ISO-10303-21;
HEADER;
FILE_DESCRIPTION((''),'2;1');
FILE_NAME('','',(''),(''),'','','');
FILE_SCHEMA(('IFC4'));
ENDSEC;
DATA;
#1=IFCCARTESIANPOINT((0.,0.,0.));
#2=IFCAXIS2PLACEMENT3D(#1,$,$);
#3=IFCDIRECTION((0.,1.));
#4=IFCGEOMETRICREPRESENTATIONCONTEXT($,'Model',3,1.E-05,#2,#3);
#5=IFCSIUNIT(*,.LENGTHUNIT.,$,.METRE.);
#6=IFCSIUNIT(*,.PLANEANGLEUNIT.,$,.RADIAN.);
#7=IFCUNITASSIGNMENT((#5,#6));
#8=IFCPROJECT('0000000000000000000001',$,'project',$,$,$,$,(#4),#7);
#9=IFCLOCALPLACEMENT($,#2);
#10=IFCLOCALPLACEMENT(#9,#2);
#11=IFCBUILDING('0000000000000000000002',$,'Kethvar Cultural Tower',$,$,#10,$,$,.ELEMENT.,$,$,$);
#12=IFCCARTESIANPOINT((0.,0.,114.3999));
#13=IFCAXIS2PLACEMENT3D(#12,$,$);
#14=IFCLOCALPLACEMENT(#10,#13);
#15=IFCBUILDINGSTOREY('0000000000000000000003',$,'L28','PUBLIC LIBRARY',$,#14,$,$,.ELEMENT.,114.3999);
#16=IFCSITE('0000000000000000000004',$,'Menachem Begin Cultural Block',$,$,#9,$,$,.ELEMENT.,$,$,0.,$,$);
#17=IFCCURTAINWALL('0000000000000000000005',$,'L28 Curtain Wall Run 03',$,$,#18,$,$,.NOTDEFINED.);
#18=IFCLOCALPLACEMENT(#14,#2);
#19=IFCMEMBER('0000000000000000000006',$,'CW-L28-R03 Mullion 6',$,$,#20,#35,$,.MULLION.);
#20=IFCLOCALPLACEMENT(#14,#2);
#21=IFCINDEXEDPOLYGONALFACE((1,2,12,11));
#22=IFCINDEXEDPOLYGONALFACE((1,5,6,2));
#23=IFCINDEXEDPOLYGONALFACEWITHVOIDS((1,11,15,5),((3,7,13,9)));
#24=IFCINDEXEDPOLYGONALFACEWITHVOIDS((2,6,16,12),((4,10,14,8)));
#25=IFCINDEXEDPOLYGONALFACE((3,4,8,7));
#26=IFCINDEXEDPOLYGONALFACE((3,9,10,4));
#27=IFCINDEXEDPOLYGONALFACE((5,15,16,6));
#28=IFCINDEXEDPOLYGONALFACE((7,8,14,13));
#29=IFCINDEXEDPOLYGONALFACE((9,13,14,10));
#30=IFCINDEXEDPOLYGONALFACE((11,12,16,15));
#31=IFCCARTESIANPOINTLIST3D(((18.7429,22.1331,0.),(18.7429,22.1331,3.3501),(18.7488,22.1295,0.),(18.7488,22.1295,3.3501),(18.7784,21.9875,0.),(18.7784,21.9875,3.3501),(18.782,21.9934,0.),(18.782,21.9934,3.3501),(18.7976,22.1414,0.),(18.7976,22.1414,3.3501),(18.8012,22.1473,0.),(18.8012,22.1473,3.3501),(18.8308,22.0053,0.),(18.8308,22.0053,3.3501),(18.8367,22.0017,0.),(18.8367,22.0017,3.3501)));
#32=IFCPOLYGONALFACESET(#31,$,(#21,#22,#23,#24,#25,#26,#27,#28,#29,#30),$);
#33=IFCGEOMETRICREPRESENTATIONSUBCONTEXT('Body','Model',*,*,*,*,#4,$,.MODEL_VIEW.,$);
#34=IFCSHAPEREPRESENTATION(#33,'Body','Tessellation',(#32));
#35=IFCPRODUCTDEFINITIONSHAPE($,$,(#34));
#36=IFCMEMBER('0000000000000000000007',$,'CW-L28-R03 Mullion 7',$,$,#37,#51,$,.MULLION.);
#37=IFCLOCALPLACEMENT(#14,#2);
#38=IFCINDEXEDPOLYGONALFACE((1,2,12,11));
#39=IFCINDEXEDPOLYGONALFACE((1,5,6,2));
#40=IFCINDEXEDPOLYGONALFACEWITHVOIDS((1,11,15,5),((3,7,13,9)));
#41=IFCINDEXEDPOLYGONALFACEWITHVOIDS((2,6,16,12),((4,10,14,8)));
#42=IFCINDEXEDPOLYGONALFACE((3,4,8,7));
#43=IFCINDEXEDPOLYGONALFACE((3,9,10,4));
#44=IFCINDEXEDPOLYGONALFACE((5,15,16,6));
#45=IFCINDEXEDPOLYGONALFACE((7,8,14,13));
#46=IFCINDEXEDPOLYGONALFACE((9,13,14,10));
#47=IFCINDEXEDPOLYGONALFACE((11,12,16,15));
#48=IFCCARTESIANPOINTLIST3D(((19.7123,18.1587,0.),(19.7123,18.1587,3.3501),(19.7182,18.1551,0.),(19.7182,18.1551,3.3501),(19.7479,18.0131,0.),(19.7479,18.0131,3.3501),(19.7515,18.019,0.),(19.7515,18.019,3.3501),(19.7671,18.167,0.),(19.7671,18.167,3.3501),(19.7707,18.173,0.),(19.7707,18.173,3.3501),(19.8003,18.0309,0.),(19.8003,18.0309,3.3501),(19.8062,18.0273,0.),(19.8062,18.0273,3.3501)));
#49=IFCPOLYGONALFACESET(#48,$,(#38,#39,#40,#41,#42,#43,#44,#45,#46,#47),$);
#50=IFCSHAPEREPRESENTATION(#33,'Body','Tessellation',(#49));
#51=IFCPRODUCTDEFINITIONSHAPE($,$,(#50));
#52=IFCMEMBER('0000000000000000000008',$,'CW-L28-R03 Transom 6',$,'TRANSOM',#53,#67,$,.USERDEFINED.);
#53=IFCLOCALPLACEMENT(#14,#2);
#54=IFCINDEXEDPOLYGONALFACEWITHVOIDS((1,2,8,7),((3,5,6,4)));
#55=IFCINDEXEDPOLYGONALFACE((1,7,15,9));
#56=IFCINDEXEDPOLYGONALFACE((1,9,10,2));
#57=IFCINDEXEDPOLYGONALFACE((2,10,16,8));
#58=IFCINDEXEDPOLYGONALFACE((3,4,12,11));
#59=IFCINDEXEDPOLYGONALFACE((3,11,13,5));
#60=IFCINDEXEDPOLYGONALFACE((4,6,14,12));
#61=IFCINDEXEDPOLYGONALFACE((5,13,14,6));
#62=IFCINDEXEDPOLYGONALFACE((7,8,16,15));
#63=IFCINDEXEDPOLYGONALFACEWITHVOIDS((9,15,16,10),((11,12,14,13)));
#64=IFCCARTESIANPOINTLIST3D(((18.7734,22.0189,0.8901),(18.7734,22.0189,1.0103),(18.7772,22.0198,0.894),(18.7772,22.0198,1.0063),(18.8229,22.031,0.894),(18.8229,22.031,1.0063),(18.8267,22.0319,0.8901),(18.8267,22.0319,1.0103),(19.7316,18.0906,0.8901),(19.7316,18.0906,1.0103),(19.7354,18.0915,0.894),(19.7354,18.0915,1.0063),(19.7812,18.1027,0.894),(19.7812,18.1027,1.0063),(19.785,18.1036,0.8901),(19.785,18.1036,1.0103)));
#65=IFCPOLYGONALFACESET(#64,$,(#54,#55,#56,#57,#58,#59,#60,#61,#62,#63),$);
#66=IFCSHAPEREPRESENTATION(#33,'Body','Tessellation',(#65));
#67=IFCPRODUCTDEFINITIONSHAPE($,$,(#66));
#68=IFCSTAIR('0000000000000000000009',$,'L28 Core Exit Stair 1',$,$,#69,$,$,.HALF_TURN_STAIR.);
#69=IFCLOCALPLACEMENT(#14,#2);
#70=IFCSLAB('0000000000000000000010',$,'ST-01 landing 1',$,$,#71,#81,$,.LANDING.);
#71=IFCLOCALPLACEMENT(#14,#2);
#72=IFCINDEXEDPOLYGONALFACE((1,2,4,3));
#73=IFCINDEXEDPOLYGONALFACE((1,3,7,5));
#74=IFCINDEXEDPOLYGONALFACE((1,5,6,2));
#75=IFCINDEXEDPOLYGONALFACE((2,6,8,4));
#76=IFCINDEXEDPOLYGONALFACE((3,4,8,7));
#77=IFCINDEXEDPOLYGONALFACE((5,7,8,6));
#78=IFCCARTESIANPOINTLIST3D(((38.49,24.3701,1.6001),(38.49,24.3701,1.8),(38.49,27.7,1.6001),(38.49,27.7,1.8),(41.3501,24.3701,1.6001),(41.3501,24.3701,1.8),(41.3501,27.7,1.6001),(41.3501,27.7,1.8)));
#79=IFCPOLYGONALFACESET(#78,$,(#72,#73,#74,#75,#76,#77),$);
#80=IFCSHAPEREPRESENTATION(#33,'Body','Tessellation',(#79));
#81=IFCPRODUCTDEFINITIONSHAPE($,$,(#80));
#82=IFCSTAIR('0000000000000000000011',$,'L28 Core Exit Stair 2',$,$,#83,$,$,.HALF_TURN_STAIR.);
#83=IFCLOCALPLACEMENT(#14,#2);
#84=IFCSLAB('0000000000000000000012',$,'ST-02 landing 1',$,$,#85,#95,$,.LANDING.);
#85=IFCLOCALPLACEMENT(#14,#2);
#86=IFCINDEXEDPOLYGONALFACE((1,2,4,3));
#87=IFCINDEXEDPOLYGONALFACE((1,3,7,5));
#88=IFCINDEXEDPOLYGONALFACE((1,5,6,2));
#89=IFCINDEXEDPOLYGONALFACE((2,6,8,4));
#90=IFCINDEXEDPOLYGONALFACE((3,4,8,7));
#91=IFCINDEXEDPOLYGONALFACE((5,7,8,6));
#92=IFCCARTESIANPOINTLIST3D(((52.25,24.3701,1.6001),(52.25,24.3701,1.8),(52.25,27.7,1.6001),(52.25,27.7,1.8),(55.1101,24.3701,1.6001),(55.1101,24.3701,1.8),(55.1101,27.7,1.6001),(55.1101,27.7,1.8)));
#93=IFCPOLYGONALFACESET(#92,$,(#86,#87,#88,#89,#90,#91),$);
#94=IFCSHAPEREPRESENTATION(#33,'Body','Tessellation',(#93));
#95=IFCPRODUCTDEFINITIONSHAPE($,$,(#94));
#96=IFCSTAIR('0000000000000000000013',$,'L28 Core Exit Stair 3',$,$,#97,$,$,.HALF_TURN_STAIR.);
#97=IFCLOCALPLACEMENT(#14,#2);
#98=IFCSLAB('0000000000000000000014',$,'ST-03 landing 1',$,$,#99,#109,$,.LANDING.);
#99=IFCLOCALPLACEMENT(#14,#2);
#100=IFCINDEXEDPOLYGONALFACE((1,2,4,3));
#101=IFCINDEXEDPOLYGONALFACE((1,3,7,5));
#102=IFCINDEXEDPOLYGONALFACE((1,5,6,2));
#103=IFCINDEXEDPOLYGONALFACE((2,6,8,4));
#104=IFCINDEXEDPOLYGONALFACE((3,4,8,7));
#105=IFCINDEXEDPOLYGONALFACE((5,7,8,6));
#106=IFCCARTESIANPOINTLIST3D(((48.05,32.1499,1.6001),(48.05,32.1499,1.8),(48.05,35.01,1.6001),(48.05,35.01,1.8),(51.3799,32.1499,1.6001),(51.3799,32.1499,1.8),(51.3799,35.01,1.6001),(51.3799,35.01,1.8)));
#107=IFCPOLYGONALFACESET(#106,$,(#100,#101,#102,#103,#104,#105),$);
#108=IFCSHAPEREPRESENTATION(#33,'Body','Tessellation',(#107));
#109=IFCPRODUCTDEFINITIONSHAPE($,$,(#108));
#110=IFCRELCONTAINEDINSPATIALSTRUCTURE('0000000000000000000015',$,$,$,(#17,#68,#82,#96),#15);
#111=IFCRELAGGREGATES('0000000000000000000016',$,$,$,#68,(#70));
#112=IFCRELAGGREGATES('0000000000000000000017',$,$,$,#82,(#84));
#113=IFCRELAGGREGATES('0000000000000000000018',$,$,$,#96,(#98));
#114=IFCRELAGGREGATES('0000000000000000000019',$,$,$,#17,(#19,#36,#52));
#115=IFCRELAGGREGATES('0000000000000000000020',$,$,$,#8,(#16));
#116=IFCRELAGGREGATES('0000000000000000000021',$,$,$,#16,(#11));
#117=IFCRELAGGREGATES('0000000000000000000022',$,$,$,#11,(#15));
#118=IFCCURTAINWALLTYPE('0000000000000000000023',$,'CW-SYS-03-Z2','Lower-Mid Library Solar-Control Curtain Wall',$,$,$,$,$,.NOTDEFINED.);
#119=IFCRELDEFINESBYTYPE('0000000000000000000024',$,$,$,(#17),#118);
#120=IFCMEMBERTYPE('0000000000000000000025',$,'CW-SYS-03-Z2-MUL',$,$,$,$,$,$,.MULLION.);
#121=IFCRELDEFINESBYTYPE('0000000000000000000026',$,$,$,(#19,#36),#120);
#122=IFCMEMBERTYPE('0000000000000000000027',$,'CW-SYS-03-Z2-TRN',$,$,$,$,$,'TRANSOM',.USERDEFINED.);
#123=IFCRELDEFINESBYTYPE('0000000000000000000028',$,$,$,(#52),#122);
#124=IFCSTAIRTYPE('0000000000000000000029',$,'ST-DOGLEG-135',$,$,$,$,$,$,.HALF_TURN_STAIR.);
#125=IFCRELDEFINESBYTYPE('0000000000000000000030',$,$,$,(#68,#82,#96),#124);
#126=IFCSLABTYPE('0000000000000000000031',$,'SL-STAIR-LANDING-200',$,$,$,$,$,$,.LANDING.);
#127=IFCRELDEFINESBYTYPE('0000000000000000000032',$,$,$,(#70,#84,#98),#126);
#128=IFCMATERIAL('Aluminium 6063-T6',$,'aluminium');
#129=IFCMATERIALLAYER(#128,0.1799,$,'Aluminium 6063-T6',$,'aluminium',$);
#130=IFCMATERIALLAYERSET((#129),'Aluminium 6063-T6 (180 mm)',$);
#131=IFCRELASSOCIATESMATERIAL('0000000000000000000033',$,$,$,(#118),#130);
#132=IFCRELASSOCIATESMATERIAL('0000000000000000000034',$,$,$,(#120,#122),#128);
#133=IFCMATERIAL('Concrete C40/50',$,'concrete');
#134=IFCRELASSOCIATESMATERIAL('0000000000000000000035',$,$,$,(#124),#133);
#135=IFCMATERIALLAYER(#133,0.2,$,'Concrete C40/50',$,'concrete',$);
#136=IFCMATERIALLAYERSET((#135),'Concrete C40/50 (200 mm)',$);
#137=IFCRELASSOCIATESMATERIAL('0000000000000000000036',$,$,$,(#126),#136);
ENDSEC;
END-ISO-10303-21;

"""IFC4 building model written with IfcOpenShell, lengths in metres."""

from ifc_helpers import new_model, si_unit, direction, frame, origin, origin_2d, place, context, subcontext, project, spatial, polyline, hollow_rectangle, outline, extrude, source, transform, mapped, material, layer, layer_set, material_profile, profile_set, type_object, element, aggregate, save


model = new_model("IFC4")

# Units and contexts
model_context = context("Model", 3, precision=1e-05, world=origin(), true_north=direction((0.0, 1.0)))
body_context = subcontext(model_context, "Body", "Model", "MODEL_VIEW")
ifc_project = project(units=[si_unit("LENGTHUNIT", "METRE"), si_unit("PLANEANGLEUNIT", "RADIAN")], contexts=[model_context])

# Site, building, storey
site_placement = place(None, origin())
site = spatial("IfcSite", under=ifc_project, at=site_placement, Name="Menachem Begin Cultural Block", CompositionType="ELEMENT", RefElevation=0.0)
building_placement = place(site_placement, origin())
building = spatial("IfcBuilding", under=site, at=building_placement, Name="Kethvar Cultural Tower", CompositionType="ELEMENT")
storey_placement = place(building_placement, frame((0.0, 0.0, 114.3999)))
storey = spatial("IfcBuildingStorey", under=building, at=storey_placement, Name="L28", Description="PUBLIC LIBRARY", CompositionType="ELEMENT", Elevation=114.3999)

# Curtain wall, members
ifc_material_1 = material(Name="Aluminium 6063-T6", Category="aluminium")
ifc_layer_1 = layer(ifc_material_1, 0.1799, Name="Aluminium 6063-T6", Category="aluminium")
ifc_layer_set_1 = layer_set([ifc_layer_1], Name="Aluminium 6063-T6 (180 mm)")
curtain_wall_type = type_object("IfcCurtainWallType", Name="CW-SYS-03-Z2", Description="Lower-Mid Library Solar-Control Curtain Wall", PredefinedType="NOTDEFINED", material=ifc_layer_set_1)
curtain_wall_placement = place(storey_placement, origin())
curtain_wall = element("IfcCurtainWall", 1, at=curtain_wall_placement, inside=storey, type_object=curtain_wall_type, Name="L28 Curtain Wall Run 03", PredefinedType="NOTDEFINED")
ifc_material_profile_1 = material_profile(ifc_material_1, hollow_rectangle(XDim=0.0601, YDim=0.1499, WallThickness=0.0049, at=origin_2d()), Name="Aluminium 6063-T6 — RHS150x60x5")
ifc_profile_set_1 = profile_set([ifc_material_profile_1], Name="Aluminium 6063-T6 — RHS150x60x5")
member_type_1 = type_object("IfcMemberType", Name="CW-SYS-03-Z2-MUL", PredefinedType="MULLION", material=ifc_profile_set_1)
shared_shape_1 = source(origin(), body_context, "Body", "SweptSolid", [
    extrude(hollow_rectangle(XDim=0.0601, YDim=0.1499, WallThickness=0.0049, at=origin_2d()), origin(), (0.0, 0.0, 1.0), 3.3501),
])
member_1_placement = place(storey_placement, frame((18.7898, 22.0674, 0.0), z_axis=(0.0, 0.0, 1.0), x_axis=(0.971516, 0.236974, 0.0)))
member_1 = element("IfcMember", 2, at=member_1_placement, type_object=member_type_1, Name="CW-L28-R03 Mullion 6", PredefinedType="MULLION", context=body_context, shape_type="MappedRepresentation", body=[
    mapped(shared_shape_1, transform((0.0, 0.0, 0.0), scale=1.0)),
])
member_2_placement = place(storey_placement, frame((19.7593, 18.093, 0.0), z_axis=(0.0, 0.0, 1.0), x_axis=(0.971516, 0.236974, 0.0)))
member_2 = element("IfcMember", 3, at=member_2_placement, type_object=member_type_1, Name="CW-L28-R03 Mullion 7", PredefinedType="MULLION", context=body_context, shape_type="MappedRepresentation", body=[
    mapped(shared_shape_1, transform((0.0, 0.0, 0.0), scale=1.0)),
])
ifc_material_profile_2 = material_profile(ifc_material_1, hollow_rectangle(XDim=0.0549, YDim=0.1201, WallThickness=0.0039, at=origin_2d()), Name="Aluminium 6063-T6 — RHS120x55x4")
ifc_profile_set_2 = profile_set([ifc_material_profile_2], Name="Aluminium 6063-T6 — RHS120x55x4")
member_type_2 = type_object("IfcMemberType", Name="CW-SYS-03-Z2-TRN", ElementType="TRANSOM", PredefinedType="USERDEFINED", material=ifc_profile_set_2)
shared_shape_2 = source(origin(), body_context, "Body", "SweptSolid", [
    extrude(hollow_rectangle(XDim=0.0549, YDim=0.1201, WallThickness=0.0039, at=origin_2d()), origin(), (0.0, 0.0, 1.0), 4.0435),
])
member_3_placement = place(storey_placement, frame((18.8, 22.0254, 0.9502), z_axis=(0.236991, -0.971512, 0.0), x_axis=(0.971512, 0.236991, 0.0)))
member_3 = element("IfcMember", 4, at=member_3_placement, type_object=member_type_2, Name="CW-L28-R03 Transom 6", ObjectType="TRANSOM", PredefinedType="USERDEFINED", context=body_context, shape_type="MappedRepresentation", body=[
    mapped(shared_shape_2, transform((0.0, 0.0, 0.0), scale=1.0)),
])

# Stairs, slabs
ifc_material_2 = material(Name="Concrete C40/50", Category="concrete")
stair_type = type_object("IfcStairType", Name="ST-DOGLEG-135", PredefinedType="HALF_TURN_STAIR", material=ifc_material_2)
stair_1_placement = place(storey_placement, origin())
stair_1 = element("IfcStair", 5, at=stair_1_placement, inside=storey, type_object=stair_type, Name="L28 Core Exit Stair 1", PredefinedType="HALF_TURN_STAIR")
ifc_layer_2 = layer(ifc_material_2, 0.2, Name="Concrete C40/50", Category="concrete")
ifc_layer_set_2 = layer_set([ifc_layer_2], Name="Concrete C40/50 (200 mm)")
slab_type_1 = type_object("IfcSlabType", Name="SL-STAIR-LANDING-200", PredefinedType="LANDING", material=ifc_layer_set_2)
slab_1_placement = place(storey_placement, frame((0.0, 0.0, 1.6001)))
slab_1 = element("IfcSlab", 6, at=slab_1_placement, type_object=slab_type_1, Name="ST-01 landing 1", PredefinedType="LANDING", context=body_context, shape_type="SweptSolid", body=[
    extrude(outline(polyline([(41.3501, 24.3701), (41.3501, 27.7), (38.49, 27.7), (38.49, 24.3701), (41.3501, 24.3701)])), origin(), (0.0, 0.0, 1.0), 0.2),
])
aggregate(stair_1, [slab_1])
stair_2_placement = place(storey_placement, origin())
stair_2 = element("IfcStair", 7, at=stair_2_placement, inside=storey, type_object=stair_type, Name="L28 Core Exit Stair 2", PredefinedType="HALF_TURN_STAIR")
slab_2_placement = place(storey_placement, frame((0.0, 0.0, 1.6001)))
slab_2 = element("IfcSlab", 8, at=slab_2_placement, type_object=slab_type_1, Name="ST-02 landing 1", PredefinedType="LANDING", context=body_context, shape_type="SweptSolid", body=[
    extrude(outline(polyline([(55.1101, 24.3701), (55.1101, 27.7), (52.25, 27.7), (52.25, 24.3701), (55.1101, 24.3701)])), origin(), (0.0, 0.0, 1.0), 0.2),
])
aggregate(stair_2, [slab_2])
stair_3_placement = place(storey_placement, origin())
stair_3 = element("IfcStair", 9, at=stair_3_placement, inside=storey, type_object=stair_type, Name="L28 Core Exit Stair 3", PredefinedType="HALF_TURN_STAIR")
slab_3_placement = place(storey_placement, frame((0.0, 0.0, 1.6001)))
slab_3 = element("IfcSlab", 10, at=slab_3_placement, type_object=slab_type_1, Name="ST-03 landing 1", PredefinedType="LANDING", context=body_context, shape_type="SweptSolid", body=[
    extrude(outline(polyline([(51.3799, 35.01), (48.05, 35.01), (48.05, 32.1499), (51.3799, 32.1499), (51.3799, 35.01)])), origin(), (0.0, 0.0, 1.0), 0.2),
])
aggregate(stair_3, [slab_3])

aggregate(curtain_wall, [member_1, member_2, member_3])

save(model, "model.ifc")
